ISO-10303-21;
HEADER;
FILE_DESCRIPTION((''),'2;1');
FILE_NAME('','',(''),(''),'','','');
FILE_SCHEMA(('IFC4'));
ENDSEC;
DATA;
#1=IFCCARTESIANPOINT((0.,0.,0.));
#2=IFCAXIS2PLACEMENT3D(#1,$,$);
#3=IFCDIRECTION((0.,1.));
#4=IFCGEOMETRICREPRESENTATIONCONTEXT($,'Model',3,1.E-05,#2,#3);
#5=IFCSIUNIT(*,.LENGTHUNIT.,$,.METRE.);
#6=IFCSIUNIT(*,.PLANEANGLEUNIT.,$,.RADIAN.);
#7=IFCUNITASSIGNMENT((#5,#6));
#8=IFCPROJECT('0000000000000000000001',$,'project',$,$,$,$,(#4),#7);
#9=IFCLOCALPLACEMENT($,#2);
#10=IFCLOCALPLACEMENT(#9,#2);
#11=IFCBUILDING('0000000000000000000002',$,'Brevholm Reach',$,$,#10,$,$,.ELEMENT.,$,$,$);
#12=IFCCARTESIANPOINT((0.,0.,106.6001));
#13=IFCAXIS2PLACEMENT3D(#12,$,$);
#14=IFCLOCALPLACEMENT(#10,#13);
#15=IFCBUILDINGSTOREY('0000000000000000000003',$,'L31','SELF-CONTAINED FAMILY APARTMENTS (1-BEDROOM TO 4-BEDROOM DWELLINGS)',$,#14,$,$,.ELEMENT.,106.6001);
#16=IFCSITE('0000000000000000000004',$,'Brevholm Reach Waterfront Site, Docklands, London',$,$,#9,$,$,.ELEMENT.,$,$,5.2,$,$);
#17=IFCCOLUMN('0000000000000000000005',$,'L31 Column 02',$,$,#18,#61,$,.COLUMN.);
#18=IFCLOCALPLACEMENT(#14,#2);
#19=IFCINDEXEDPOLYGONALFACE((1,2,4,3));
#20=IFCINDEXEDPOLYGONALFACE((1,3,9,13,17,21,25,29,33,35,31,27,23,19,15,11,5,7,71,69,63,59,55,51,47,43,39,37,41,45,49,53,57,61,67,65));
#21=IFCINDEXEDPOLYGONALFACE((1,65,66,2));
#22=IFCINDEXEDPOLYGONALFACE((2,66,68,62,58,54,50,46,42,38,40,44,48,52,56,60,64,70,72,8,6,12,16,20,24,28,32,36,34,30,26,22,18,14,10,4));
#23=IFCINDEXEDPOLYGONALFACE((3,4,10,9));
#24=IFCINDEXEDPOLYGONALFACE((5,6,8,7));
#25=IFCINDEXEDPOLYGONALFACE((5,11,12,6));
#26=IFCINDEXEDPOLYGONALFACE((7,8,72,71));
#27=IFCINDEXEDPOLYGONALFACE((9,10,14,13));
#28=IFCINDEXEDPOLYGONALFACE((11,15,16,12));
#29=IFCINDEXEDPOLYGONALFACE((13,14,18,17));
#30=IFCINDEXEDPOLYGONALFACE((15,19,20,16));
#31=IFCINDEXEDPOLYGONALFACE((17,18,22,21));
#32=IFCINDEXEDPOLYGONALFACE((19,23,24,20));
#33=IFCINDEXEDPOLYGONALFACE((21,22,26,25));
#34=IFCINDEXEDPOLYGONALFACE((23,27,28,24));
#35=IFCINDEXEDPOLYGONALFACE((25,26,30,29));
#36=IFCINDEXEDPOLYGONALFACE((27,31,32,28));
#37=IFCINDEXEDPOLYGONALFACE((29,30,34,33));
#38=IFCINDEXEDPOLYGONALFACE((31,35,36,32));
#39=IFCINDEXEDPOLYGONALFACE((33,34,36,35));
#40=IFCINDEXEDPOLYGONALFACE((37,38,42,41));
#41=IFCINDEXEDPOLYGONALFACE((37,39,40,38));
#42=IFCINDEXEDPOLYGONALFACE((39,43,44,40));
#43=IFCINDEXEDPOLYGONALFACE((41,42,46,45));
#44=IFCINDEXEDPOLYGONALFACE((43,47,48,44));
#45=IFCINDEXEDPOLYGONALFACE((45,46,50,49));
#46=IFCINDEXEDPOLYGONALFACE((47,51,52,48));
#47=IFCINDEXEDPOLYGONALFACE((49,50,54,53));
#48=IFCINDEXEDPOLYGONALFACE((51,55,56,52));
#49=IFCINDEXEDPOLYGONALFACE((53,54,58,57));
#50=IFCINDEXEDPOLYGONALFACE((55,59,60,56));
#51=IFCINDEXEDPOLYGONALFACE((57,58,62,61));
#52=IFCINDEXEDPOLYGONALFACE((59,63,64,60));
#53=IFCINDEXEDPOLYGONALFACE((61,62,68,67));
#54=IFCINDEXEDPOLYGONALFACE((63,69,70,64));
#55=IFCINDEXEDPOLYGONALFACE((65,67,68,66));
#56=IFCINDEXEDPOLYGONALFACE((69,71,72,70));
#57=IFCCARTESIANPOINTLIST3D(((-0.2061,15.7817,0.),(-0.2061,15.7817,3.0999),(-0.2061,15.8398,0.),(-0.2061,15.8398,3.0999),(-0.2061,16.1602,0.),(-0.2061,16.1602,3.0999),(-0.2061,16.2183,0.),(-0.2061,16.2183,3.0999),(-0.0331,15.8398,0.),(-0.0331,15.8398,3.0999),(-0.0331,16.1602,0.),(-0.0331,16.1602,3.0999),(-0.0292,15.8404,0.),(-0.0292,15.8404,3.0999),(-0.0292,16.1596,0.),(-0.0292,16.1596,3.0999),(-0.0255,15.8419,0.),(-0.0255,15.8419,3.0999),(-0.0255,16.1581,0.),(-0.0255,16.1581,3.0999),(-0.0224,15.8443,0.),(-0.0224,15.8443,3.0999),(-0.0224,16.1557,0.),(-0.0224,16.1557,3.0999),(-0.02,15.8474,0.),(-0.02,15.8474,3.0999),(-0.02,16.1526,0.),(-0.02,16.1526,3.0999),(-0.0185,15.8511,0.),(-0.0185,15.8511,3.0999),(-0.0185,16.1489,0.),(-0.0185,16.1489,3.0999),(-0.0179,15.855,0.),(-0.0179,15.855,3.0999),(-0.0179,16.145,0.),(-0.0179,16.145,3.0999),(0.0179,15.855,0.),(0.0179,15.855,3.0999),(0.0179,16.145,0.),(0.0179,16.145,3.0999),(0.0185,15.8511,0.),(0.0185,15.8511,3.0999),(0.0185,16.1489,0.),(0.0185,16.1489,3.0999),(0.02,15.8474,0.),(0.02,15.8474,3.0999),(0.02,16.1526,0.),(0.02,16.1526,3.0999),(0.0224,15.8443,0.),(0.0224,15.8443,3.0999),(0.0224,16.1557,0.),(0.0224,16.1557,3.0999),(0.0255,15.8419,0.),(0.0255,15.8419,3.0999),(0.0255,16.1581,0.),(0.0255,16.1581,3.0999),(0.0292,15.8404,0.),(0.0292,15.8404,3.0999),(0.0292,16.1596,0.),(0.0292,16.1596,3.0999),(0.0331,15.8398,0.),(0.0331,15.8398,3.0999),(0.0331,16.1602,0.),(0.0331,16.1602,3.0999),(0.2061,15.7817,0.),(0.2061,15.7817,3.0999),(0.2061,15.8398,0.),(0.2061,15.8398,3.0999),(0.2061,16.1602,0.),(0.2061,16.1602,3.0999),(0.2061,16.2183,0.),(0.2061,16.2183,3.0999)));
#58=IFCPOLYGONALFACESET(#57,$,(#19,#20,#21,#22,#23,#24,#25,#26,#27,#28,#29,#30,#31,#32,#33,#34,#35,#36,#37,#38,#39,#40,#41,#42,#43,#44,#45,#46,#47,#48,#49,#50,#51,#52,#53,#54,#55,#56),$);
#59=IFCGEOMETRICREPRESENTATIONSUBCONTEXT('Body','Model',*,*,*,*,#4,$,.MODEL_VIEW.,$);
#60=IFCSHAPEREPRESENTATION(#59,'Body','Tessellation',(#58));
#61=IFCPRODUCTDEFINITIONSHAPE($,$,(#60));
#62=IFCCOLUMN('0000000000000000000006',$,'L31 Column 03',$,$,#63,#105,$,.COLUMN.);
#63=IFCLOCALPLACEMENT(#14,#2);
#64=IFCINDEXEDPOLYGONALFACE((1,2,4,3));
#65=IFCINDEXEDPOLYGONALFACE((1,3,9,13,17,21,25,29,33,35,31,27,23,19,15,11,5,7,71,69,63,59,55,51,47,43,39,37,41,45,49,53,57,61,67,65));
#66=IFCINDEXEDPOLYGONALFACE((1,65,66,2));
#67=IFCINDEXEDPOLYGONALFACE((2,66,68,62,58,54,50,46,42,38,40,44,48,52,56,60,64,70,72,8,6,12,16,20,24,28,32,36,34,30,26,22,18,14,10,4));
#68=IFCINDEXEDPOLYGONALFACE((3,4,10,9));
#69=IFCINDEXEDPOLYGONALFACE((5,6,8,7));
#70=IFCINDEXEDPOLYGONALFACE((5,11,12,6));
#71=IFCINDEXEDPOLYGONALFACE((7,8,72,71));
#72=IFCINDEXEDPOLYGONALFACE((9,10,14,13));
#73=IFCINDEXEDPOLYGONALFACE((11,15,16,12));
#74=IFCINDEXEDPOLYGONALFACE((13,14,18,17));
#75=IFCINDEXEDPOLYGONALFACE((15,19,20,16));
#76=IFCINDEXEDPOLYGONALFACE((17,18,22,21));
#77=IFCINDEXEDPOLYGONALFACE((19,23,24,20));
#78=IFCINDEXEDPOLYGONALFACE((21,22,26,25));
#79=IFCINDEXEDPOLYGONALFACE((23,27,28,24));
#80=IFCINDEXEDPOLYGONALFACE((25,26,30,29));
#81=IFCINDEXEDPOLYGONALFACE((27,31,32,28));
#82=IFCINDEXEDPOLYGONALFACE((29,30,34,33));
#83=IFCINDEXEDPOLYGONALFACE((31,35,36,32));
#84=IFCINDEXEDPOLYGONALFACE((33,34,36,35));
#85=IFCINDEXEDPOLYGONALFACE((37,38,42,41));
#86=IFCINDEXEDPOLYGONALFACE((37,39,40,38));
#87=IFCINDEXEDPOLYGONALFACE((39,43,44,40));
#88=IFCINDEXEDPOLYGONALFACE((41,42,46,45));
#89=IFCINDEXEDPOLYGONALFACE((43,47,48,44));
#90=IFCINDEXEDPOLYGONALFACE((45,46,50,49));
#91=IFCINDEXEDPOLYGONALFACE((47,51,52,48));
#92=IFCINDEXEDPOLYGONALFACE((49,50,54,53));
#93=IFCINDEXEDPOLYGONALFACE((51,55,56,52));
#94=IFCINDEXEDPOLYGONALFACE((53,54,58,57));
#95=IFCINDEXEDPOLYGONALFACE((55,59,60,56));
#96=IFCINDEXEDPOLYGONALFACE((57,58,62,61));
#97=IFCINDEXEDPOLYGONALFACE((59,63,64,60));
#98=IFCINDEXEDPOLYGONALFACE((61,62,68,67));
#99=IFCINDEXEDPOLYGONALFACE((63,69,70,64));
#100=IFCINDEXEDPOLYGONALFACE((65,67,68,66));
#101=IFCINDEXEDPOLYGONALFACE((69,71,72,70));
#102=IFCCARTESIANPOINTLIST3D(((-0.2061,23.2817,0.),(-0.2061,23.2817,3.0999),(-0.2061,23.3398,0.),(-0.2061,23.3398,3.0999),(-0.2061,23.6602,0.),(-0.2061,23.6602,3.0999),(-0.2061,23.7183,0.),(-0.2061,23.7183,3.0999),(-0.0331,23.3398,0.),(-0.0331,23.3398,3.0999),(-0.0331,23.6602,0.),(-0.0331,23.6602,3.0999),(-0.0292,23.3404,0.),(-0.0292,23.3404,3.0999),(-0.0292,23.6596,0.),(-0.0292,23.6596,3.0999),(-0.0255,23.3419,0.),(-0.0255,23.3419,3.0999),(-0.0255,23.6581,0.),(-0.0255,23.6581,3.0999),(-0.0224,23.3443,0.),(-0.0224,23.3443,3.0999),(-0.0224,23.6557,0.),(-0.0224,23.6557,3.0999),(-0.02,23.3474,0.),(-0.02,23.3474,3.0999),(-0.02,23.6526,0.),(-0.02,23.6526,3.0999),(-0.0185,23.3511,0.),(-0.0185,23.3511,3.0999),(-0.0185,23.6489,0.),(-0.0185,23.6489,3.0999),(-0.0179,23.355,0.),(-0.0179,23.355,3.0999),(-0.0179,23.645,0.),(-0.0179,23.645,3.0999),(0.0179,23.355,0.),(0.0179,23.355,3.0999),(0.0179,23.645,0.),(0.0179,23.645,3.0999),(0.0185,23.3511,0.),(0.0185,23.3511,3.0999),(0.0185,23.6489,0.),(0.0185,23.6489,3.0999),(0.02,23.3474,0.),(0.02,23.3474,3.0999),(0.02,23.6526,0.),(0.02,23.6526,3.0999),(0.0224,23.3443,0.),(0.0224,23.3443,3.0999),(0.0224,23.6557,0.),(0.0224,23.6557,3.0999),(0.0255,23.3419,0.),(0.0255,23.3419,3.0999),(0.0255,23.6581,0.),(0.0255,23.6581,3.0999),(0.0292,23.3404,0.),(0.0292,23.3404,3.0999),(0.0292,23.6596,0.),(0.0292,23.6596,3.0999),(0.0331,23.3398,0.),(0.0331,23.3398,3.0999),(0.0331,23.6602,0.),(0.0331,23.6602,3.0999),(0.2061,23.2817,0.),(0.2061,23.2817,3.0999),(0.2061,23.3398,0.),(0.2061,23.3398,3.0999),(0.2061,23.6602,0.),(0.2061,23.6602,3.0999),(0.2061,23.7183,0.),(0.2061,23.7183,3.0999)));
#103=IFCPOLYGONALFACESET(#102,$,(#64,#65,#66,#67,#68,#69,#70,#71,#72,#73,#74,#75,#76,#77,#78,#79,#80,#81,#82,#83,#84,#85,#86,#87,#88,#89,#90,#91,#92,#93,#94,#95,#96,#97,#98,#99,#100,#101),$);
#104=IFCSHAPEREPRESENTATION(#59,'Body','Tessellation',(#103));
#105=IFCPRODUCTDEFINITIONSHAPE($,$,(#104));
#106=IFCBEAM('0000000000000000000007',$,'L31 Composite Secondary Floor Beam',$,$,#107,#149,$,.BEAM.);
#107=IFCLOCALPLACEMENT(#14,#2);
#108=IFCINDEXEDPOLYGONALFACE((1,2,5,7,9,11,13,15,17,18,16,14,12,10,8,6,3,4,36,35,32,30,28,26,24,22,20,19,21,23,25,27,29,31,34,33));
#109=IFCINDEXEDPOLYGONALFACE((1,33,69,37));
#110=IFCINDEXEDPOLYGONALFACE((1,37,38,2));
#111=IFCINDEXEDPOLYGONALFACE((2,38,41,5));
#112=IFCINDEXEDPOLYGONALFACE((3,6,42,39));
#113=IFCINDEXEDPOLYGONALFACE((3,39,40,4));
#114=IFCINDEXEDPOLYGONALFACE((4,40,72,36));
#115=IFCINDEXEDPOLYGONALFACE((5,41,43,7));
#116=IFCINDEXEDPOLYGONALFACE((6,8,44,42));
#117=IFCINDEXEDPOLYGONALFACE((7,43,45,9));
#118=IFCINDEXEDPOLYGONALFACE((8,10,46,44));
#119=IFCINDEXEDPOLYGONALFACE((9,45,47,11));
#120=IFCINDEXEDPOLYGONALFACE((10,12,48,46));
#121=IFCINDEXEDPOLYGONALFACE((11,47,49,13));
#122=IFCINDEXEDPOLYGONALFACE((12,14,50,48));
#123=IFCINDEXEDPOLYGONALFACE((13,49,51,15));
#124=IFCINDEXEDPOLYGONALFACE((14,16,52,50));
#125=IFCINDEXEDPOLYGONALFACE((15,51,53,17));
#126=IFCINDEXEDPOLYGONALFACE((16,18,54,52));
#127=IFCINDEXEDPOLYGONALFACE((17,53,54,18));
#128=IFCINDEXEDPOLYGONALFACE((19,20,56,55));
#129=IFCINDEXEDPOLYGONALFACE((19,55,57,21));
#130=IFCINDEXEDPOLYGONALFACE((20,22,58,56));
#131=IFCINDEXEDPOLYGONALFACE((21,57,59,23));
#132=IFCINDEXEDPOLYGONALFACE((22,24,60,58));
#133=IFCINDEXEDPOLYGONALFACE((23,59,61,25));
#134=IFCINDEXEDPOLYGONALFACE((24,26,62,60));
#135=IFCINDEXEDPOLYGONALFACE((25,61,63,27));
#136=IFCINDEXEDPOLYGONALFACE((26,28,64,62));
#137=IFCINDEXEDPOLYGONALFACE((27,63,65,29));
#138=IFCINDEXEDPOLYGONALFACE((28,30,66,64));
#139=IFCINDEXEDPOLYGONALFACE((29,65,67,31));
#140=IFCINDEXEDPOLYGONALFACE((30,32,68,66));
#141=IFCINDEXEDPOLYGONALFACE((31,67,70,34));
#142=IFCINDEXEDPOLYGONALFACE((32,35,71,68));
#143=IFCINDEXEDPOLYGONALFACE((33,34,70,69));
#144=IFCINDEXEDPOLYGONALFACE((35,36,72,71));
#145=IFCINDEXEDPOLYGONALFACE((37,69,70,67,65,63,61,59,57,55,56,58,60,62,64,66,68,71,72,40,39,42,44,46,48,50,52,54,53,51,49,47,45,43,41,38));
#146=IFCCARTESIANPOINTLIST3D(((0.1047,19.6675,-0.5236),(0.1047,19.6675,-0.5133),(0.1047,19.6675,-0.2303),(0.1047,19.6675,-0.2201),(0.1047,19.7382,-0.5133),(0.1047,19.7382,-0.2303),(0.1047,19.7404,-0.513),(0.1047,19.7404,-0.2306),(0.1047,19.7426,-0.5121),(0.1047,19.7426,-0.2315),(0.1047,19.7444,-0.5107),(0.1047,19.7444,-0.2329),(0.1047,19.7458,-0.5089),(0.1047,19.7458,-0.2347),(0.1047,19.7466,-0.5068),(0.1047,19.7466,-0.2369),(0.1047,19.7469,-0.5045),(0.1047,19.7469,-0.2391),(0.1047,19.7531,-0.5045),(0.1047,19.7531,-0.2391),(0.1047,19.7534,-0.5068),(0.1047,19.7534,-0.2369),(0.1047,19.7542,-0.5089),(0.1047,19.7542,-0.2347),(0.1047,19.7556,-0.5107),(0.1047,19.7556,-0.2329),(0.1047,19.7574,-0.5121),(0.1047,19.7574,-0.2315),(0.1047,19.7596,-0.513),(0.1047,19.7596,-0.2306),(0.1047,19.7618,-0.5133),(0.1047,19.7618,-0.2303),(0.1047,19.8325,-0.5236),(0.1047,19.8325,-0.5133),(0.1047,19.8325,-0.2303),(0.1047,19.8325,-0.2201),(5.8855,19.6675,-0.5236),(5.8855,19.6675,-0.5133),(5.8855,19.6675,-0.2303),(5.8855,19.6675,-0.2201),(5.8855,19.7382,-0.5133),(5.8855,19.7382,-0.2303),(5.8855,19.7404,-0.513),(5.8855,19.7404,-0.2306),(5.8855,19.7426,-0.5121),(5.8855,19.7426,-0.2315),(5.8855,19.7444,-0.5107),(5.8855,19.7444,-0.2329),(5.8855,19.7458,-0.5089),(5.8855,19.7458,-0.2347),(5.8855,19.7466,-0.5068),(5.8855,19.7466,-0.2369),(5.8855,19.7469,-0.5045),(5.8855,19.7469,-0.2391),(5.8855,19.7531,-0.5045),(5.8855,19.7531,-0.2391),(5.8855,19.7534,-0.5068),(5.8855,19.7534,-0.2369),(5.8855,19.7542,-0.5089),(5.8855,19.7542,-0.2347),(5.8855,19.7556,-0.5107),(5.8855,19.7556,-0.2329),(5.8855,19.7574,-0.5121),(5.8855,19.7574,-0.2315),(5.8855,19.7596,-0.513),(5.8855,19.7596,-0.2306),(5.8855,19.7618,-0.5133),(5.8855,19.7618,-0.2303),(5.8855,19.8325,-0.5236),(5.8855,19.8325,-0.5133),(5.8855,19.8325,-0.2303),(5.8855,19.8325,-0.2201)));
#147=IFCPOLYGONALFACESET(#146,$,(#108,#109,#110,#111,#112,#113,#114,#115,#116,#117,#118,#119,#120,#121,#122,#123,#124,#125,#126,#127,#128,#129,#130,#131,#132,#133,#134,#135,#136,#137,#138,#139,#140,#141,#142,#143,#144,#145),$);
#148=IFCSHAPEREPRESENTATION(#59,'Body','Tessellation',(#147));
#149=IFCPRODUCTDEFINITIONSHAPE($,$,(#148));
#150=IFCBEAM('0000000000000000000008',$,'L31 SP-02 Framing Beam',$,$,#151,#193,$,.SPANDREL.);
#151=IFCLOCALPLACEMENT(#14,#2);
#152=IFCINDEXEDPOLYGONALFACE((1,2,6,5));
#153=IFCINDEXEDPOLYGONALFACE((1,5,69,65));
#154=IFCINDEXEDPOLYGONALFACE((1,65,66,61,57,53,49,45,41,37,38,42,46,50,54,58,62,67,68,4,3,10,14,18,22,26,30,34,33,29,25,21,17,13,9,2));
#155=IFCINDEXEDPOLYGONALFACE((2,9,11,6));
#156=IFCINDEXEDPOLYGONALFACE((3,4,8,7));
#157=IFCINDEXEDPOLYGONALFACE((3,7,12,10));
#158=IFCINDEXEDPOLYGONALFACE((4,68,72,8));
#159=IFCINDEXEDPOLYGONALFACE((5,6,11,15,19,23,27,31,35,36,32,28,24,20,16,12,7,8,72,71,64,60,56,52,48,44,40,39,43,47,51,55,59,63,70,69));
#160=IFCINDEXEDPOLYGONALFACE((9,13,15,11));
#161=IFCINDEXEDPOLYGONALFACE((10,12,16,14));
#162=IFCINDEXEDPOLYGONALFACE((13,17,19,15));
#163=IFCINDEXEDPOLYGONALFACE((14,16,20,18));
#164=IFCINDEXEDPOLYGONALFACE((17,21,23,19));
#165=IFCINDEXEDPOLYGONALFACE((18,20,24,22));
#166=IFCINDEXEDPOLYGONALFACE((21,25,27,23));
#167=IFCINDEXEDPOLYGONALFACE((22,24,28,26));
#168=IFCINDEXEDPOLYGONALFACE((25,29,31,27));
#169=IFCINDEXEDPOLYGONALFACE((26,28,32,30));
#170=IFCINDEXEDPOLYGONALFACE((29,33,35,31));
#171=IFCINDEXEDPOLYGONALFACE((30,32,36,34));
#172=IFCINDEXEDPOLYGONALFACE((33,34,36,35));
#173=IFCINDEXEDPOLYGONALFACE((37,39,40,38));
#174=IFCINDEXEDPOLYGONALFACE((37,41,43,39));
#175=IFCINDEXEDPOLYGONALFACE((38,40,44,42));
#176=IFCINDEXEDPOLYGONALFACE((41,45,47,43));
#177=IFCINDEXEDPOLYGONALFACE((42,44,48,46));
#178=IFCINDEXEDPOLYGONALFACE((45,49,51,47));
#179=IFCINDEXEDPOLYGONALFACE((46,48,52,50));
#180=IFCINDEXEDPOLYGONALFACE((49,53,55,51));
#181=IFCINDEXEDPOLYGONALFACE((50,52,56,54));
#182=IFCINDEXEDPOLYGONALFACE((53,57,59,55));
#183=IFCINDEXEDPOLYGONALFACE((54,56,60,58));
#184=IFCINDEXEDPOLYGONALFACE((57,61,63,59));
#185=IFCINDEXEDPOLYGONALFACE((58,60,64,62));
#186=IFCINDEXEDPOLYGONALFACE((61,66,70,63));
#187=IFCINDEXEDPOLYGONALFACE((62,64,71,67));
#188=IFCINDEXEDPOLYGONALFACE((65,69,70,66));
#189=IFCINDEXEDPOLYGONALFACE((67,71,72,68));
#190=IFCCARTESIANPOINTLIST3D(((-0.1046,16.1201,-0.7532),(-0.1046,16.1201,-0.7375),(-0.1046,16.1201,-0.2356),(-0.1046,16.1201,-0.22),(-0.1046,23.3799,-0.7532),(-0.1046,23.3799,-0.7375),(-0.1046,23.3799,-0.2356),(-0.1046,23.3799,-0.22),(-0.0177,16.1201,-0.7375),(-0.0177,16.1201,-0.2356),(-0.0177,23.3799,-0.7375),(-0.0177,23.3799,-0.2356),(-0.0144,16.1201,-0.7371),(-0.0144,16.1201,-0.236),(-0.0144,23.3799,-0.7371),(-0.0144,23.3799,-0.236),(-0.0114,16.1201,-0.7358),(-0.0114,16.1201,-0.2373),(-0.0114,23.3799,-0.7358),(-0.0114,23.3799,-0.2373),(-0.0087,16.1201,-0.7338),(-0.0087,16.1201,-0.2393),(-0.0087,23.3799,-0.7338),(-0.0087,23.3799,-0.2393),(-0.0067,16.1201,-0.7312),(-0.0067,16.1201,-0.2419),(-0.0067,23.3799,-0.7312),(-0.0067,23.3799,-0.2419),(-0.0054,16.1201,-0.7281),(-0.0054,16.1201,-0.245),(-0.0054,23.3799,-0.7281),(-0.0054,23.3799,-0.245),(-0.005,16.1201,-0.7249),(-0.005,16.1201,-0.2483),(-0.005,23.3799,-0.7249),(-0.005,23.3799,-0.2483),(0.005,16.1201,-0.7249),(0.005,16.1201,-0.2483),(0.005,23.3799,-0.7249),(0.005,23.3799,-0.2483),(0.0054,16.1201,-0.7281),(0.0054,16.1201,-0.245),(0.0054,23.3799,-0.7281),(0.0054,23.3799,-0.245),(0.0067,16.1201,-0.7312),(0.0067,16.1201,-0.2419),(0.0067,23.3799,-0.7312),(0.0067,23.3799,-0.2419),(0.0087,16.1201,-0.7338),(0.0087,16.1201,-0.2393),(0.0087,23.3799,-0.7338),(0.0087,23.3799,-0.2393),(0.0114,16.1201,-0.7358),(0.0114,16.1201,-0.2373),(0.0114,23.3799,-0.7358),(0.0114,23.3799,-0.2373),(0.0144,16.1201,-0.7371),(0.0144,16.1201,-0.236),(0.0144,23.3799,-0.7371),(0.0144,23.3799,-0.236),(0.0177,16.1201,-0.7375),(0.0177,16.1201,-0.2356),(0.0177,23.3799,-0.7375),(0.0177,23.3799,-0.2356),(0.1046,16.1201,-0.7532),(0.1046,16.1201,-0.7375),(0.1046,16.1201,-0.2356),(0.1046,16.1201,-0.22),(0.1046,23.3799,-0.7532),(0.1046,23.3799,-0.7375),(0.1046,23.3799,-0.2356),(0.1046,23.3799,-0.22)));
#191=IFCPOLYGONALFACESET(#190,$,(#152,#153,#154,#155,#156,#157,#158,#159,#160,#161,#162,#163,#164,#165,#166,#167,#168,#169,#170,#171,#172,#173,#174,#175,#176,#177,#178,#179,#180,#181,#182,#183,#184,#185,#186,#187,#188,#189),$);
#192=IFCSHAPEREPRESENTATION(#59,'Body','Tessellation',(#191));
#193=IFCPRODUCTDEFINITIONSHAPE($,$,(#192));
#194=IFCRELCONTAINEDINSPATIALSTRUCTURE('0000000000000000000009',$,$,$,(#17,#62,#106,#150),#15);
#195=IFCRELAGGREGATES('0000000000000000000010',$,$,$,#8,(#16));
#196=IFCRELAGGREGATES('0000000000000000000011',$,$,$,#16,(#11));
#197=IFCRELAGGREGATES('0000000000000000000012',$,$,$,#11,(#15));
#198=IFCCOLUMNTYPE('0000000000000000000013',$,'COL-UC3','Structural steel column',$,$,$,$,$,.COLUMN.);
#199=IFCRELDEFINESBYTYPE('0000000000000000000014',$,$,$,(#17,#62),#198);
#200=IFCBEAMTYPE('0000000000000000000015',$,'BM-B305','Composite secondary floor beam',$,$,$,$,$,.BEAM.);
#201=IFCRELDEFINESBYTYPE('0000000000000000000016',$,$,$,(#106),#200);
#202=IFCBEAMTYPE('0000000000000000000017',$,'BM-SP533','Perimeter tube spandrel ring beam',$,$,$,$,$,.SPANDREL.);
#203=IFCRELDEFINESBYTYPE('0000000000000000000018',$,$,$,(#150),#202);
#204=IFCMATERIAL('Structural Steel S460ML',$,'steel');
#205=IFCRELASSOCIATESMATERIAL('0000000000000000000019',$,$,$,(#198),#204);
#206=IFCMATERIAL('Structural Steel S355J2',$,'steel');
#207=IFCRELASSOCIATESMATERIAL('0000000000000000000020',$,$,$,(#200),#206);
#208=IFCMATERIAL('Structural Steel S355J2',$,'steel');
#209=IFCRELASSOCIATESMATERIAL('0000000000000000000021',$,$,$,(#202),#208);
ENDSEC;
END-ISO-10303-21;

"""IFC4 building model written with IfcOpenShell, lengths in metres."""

from ifc_helpers import new_model, si_unit, direction, frame, origin, origin_2d, place, context, subcontext, project, spatial, i_section, extrude, material, material_profile, profile_set, type_object, element, save


model = new_model("IFC4")

# Units and contexts
model_context = context("Model", 3, precision=1e-05, world=origin(), true_north=direction((0.0, 1.0)))
body_context = subcontext(model_context, "Body", "Model", "MODEL_VIEW")
ifc_project = project(units=[si_unit("LENGTHUNIT", "METRE"), si_unit("PLANEANGLEUNIT", "RADIAN")], contexts=[model_context])

# Site, building, storey
site_placement = place(None, origin())
site = spatial("IfcSite", under=ifc_project, at=site_placement, Name="Brevholm Reach Waterfront Site, Docklands, London", CompositionType="ELEMENT", RefElevation=5.2)
building_placement = place(site_placement, origin())
building = spatial("IfcBuilding", under=site, at=building_placement, Name="Brevholm Reach", CompositionType="ELEMENT")
storey_placement = place(building_placement, frame((0.0, 0.0, 106.6001)))
storey = spatial("IfcBuildingStorey", under=building, at=storey_placement, Name="L31", Description="SELF-CONTAINED FAMILY APARTMENTS (1-BEDROOM TO 4-BEDROOM DWELLINGS)", CompositionType="ELEMENT", Elevation=106.6001)

# Columns
ifc_material_1 = material(Name="Structural Steel S460ML", Category="steel")
ifc_material_profile_1 = material_profile(ifc_material_1, i_section(OverallWidth=0.4121, OverallDepth=0.4365, WebThickness=0.0359, FlangeThickness=0.0581, FilletRadius=0.0151, at=origin_2d()), Name="UKC 356x406x467")
ifc_profile_set_1 = profile_set([ifc_material_profile_1], Name="Structural Steel S460ML")
column_type = type_object("IfcColumnType", Name="COL-UC3", Description="Structural steel column", PredefinedType="COLUMN", material=ifc_profile_set_1)
for number, where, z_axis, x_axis, name in (
    (1, (0.0, 16.0, 0.0), (0.0, 0.0, 1.0), (1.0, 0.0, 0.0), "L31 Column 02"),
    (2, (0.0, 23.5, 0.0), (0.0, 0.0, 1.0), (1.0, 0.0, 0.0), "L31 Column 03"),
):
    element("IfcColumn", number, at=place(storey_placement, frame(where, z_axis=z_axis, x_axis=x_axis)), inside=storey, type_object=column_type, Name=name, PredefinedType="COLUMN", context=body_context, shape_type="SweptSolid", body=[
        extrude(i_section(OverallWidth=0.4121, OverallDepth=0.4365, WebThickness=0.0359, FlangeThickness=0.0581, FilletRadius=0.0151, at=origin_2d()), origin(), (0.0, 0.0, 1.0), 3.0999),
    ])

# Beams
ifc_material_2 = material(Name="Structural Steel S355J2", Category="steel")
ifc_material_profile_2 = material_profile(ifc_material_2, i_section(OverallWidth=0.165, OverallDepth=0.3035, WebThickness=0.0061, FlangeThickness=0.0103, FilletRadius=0.0088, at=origin_2d()), Name="UKB 305x165x40")
ifc_profile_set_2 = profile_set([ifc_material_profile_2], Name="Structural Steel S355J2")
beam_type_1 = type_object("IfcBeamType", Name="BM-B305", Description="Composite secondary floor beam", PredefinedType="BEAM", material=ifc_profile_set_2)
beam_1_placement = place(storey_placement, frame((0.1047, 19.75, -0.3718), z_axis=(1.0, 0.0, 0.0), x_axis=(0.0, 1.0, 0.0)))
element("IfcBeam", 3, at=beam_1_placement, inside=storey, type_object=beam_type_1, Name="L31 Composite Secondary Floor Beam", PredefinedType="BEAM", context=body_context, shape_type="SweptSolid", body=[
    extrude(i_section(OverallWidth=0.165, OverallDepth=0.3035, WebThickness=0.0061, FlangeThickness=0.0103, FilletRadius=0.0088, at=origin_2d()), origin(), (0.0, 0.0, 1.0), 5.7808),
])
ifc_material_3 = material(Name="Structural Steel S355J2", Category="steel")
ifc_material_profile_3 = material_profile(ifc_material_3, i_section(OverallWidth=0.2092, OverallDepth=0.5332, WebThickness=0.01, FlangeThickness=0.0156, FilletRadius=0.0127, at=origin_2d()), Name="UKB 533x210x92")
ifc_profile_set_3 = profile_set([ifc_material_profile_3], Name="Structural Steel S355J2")
beam_type_2 = type_object("IfcBeamType", Name="BM-SP533", Description="Perimeter tube spandrel ring beam", PredefinedType="SPANDREL", material=ifc_profile_set_3)
beam_2_placement = place(storey_placement, frame((0.0, 16.1201, -0.4866), z_axis=(0.0, 1.0, 0.0), x_axis=(-1.0, 0.0, 0.0)))
element("IfcBeam", 4, at=beam_2_placement, inside=storey, type_object=beam_type_2, Name="L31 SP-02 Framing Beam", PredefinedType="SPANDREL", context=body_context, shape_type="SweptSolid", body=[
    extrude(i_section(OverallWidth=0.2092, OverallDepth=0.5332, WebThickness=0.01, FlangeThickness=0.0156, FilletRadius=0.0127, at=origin_2d()), origin(), (0.0, 0.0, 1.0), 7.2598),
])

save(model, "model.ifc")
